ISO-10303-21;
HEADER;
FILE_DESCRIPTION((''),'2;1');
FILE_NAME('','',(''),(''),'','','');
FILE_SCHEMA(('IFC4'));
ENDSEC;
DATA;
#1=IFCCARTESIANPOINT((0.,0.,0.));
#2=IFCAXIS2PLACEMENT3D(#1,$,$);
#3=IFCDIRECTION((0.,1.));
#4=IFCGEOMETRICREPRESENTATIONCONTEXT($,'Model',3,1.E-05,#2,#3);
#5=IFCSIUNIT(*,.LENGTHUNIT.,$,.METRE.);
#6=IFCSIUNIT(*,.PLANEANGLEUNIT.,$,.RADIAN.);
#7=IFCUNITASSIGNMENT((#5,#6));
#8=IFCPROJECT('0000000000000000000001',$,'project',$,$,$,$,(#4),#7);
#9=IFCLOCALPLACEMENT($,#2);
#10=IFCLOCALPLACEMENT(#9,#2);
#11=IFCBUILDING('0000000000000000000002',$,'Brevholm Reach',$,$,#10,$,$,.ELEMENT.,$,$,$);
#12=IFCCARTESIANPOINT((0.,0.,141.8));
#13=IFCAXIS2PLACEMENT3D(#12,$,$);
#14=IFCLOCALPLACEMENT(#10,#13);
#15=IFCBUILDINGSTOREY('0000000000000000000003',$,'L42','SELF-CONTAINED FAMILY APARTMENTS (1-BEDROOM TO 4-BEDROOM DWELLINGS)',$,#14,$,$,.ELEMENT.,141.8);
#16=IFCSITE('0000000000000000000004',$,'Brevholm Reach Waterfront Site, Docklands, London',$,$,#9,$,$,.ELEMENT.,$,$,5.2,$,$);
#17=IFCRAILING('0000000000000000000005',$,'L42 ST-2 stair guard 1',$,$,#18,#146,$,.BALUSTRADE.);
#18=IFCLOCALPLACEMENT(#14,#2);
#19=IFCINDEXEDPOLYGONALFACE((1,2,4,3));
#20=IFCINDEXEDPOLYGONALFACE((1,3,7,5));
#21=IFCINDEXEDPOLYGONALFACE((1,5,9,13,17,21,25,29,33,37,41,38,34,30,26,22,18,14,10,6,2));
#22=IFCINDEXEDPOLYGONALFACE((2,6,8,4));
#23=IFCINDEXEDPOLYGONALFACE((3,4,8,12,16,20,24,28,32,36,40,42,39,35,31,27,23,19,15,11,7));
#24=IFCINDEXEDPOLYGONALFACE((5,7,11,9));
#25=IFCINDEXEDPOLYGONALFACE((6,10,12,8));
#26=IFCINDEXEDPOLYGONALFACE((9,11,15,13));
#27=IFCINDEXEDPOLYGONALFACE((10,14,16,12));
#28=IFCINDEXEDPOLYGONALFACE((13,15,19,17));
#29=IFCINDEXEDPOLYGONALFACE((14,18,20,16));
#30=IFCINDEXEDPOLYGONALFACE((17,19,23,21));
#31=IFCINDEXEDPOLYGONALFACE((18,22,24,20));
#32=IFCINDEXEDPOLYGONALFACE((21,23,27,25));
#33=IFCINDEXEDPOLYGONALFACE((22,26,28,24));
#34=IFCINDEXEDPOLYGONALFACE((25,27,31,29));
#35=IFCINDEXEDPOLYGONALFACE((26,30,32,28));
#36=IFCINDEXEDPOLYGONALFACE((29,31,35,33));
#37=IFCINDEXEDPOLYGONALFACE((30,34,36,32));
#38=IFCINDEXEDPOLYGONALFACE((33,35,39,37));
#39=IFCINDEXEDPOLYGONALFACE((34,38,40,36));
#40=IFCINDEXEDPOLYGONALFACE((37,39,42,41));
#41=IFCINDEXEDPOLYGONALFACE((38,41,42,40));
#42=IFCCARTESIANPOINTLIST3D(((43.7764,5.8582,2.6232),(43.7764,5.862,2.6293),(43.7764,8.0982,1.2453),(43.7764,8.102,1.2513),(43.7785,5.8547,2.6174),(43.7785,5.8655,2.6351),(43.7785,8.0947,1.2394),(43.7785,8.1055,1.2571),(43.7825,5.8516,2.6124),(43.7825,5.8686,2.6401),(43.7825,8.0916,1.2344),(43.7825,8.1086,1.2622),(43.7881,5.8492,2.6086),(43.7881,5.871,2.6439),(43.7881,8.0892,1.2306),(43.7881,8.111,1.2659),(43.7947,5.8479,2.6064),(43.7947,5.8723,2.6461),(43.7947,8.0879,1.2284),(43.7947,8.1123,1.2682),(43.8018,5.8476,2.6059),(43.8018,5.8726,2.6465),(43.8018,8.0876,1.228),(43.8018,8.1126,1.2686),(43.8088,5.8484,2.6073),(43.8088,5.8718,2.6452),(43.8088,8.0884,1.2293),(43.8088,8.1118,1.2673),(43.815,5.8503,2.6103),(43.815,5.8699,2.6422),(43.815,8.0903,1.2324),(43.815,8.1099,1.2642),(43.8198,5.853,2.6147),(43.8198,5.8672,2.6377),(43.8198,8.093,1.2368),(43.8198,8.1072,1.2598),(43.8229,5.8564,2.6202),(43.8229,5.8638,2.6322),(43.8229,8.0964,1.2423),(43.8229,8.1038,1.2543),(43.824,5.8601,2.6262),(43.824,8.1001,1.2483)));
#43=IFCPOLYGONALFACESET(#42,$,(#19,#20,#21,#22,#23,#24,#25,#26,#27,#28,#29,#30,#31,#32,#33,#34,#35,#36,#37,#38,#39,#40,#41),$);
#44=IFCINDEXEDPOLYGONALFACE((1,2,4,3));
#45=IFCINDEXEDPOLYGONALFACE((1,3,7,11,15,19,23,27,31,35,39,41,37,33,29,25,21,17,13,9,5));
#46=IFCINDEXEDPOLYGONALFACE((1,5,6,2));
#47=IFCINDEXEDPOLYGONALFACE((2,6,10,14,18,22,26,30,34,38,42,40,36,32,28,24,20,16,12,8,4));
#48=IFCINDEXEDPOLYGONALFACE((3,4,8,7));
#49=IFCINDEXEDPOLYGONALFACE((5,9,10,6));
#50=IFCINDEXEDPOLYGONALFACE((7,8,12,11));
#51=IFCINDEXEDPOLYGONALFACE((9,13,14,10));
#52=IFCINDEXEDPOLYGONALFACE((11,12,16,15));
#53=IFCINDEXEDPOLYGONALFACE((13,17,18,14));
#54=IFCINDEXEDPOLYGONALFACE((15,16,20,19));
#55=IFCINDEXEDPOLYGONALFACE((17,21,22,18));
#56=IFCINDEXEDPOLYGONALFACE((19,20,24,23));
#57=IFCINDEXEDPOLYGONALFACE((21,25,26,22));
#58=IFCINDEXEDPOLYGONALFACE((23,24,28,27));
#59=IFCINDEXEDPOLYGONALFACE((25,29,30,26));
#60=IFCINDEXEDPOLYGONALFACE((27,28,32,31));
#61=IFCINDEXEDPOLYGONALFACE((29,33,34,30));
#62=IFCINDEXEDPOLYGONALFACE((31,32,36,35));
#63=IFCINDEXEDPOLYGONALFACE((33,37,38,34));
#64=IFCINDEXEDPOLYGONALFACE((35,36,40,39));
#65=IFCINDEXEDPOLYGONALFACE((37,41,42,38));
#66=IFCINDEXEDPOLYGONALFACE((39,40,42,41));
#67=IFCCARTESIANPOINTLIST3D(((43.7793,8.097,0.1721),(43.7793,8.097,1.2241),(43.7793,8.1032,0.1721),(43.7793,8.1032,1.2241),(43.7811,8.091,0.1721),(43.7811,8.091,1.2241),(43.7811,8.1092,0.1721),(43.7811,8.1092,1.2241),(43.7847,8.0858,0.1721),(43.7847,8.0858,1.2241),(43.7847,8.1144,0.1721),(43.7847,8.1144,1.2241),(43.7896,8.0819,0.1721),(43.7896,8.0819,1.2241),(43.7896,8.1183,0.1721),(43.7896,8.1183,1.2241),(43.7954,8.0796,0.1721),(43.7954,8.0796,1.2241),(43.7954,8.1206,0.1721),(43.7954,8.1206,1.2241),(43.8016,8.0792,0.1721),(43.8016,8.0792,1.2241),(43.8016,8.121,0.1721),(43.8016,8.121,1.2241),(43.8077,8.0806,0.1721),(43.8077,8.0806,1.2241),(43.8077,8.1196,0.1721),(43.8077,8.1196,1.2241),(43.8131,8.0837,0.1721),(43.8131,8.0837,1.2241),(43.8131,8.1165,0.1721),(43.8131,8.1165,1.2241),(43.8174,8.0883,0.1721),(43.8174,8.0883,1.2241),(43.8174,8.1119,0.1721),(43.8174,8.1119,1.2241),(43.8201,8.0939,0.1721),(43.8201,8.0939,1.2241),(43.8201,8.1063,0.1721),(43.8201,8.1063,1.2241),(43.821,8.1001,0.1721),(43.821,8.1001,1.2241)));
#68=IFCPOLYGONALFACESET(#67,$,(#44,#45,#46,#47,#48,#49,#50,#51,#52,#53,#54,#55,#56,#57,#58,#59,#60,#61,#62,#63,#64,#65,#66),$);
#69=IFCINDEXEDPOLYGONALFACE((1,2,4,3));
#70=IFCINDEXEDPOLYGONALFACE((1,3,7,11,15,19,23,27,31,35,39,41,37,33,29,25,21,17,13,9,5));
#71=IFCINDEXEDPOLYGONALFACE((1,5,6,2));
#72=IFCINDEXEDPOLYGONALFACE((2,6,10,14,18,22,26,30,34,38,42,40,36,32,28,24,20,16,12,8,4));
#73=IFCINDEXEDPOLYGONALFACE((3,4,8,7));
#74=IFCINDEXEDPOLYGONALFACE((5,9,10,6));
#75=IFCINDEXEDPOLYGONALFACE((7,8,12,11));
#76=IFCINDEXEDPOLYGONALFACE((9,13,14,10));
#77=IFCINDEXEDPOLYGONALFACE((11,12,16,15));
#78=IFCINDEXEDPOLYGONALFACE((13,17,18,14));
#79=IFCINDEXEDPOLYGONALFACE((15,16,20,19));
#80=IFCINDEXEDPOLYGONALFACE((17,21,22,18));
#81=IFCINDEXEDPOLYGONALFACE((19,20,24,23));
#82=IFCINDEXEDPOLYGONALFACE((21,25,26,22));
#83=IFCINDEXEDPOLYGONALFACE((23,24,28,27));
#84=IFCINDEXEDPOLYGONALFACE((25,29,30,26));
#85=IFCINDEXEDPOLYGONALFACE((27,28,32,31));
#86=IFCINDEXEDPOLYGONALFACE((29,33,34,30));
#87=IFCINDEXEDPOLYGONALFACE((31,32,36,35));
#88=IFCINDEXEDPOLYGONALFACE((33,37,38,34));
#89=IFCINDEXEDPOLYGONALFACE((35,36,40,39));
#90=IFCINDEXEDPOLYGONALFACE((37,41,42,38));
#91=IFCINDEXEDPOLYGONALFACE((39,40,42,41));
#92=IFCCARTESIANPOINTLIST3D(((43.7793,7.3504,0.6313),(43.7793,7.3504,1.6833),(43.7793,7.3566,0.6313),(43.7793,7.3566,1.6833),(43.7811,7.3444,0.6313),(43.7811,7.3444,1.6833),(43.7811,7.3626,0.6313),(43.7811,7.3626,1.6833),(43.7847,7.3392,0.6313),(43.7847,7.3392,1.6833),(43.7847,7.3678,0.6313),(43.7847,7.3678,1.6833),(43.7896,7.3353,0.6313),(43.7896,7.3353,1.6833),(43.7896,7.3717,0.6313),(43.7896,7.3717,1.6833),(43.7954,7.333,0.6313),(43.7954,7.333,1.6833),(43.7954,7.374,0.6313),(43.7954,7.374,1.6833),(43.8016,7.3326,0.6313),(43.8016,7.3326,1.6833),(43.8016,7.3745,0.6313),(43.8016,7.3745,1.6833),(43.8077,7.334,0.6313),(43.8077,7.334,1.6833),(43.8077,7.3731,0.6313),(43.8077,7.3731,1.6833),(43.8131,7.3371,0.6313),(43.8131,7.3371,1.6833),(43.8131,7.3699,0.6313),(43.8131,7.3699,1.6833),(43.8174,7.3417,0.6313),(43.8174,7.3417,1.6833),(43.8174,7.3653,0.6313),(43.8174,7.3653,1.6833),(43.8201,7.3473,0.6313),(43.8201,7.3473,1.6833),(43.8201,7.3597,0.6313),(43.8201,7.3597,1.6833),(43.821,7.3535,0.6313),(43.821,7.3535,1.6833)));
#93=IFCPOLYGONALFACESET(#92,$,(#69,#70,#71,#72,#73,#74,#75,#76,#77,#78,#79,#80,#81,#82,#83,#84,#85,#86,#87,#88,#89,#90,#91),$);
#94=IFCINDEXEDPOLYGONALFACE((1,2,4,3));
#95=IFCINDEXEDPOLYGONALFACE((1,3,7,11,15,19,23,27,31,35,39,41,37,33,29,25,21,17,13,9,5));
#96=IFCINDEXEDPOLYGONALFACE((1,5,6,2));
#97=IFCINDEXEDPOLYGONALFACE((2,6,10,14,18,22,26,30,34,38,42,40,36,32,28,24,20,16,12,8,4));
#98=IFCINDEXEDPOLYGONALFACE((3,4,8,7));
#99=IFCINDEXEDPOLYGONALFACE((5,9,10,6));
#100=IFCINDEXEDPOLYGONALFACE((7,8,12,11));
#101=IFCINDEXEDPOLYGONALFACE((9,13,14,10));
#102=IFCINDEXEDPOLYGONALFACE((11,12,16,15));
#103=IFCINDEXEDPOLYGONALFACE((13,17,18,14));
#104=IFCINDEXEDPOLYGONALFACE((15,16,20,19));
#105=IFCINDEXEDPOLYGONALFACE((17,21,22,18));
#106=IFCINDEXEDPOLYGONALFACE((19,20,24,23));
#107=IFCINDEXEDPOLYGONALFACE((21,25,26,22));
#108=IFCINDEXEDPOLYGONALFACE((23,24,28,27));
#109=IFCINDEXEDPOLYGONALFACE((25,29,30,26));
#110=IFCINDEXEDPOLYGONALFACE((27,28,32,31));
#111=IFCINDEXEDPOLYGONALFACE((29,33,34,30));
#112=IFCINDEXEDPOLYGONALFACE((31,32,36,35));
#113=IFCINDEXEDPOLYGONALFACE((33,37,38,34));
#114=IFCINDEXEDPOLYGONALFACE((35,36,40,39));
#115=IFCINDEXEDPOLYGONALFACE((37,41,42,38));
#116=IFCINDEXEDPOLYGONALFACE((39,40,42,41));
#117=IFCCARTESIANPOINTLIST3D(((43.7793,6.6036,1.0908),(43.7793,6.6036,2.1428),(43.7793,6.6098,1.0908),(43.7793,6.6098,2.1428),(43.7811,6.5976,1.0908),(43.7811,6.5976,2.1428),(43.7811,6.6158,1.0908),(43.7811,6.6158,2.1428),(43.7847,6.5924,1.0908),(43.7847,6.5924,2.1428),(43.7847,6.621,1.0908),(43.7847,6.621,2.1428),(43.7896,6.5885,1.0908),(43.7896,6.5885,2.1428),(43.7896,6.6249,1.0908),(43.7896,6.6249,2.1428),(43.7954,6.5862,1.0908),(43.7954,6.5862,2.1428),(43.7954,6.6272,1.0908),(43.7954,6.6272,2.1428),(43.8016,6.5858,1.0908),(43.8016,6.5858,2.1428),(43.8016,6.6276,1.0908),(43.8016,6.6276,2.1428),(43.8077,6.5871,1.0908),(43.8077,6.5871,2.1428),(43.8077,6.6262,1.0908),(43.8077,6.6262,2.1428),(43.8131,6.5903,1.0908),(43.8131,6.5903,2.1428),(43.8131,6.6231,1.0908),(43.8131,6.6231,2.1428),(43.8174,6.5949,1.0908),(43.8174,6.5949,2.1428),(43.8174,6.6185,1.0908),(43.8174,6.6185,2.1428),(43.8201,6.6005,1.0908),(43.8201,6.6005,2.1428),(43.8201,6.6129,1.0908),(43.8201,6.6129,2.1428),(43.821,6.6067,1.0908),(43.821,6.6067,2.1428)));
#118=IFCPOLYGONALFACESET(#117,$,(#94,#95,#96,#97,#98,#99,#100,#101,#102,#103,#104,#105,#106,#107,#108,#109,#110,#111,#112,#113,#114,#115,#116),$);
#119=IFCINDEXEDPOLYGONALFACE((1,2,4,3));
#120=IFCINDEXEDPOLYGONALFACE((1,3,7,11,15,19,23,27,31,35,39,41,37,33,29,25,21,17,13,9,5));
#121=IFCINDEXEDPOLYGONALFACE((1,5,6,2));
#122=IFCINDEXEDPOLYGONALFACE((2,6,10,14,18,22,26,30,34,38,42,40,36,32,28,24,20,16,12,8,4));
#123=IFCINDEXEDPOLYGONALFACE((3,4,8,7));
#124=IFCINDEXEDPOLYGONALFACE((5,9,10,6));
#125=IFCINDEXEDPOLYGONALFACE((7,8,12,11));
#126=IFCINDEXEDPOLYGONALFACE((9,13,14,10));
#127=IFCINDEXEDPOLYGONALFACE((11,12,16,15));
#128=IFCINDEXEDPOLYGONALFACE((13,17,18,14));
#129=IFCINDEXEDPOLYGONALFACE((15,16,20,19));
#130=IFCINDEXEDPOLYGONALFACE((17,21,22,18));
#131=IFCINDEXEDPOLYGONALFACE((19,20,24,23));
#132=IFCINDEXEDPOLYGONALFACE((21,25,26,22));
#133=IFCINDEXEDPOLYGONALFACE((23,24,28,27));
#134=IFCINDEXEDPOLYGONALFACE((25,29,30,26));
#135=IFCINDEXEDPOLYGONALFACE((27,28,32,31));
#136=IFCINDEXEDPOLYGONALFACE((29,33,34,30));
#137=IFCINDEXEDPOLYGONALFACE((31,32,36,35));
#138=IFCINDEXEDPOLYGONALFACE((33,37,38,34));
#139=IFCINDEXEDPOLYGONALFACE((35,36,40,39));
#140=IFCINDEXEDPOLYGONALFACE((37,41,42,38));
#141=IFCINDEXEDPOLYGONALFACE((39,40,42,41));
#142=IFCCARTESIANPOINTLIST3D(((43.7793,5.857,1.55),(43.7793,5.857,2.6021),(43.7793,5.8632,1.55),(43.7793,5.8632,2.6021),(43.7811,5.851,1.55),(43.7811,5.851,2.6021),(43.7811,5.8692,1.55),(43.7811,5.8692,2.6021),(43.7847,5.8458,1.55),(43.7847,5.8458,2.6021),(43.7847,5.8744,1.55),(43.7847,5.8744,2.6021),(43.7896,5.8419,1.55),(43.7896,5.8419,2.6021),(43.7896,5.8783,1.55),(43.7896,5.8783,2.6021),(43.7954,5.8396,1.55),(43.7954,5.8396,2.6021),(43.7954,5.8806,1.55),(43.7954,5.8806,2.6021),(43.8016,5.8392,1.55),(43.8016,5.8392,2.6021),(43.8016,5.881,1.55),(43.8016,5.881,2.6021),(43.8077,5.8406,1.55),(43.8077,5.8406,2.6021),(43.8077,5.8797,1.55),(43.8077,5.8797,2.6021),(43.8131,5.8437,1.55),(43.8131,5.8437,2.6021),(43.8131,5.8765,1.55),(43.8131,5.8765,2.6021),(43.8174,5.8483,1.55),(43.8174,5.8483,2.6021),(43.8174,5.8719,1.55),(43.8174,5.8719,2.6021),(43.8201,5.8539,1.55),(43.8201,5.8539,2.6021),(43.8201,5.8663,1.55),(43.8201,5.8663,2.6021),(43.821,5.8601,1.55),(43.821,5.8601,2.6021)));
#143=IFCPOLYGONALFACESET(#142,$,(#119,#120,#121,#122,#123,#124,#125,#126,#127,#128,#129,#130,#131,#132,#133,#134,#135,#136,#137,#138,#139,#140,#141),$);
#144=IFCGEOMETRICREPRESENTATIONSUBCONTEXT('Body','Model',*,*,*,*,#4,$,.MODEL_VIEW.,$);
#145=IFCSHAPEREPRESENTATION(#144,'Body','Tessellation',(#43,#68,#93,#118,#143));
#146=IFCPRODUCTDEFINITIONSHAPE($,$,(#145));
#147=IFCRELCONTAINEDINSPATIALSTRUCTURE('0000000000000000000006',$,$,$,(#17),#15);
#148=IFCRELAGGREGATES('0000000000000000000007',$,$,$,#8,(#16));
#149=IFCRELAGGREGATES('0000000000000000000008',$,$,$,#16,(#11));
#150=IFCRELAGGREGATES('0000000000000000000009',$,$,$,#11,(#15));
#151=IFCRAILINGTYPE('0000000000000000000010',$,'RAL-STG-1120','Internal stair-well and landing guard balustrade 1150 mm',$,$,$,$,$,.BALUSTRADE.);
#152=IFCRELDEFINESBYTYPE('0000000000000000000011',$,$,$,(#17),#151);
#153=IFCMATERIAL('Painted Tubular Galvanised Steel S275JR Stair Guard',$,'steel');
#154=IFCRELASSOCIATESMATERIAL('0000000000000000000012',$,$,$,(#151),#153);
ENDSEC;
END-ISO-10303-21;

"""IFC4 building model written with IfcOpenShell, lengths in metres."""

from ifc_helpers import new_model, si_unit, direction, frame, origin, origin_2d, place, context, subcontext, project, spatial, circle, extrude, material, type_object, element, save


model = new_model("IFC4")

# Units and contexts
model_context = context("Model", 3, precision=1e-05, world=origin(), true_north=direction((0.0, 1.0)))
body_context = subcontext(model_context, "Body", "Model", "MODEL_VIEW")
ifc_project = project(units=[si_unit("LENGTHUNIT", "METRE"), si_unit("PLANEANGLEUNIT", "RADIAN")], contexts=[model_context])

# Site, building, storey
site_placement = place(None, origin())
site = spatial("IfcSite", under=ifc_project, at=site_placement, Name="Brevholm Reach Waterfront Site, Docklands, London", CompositionType="ELEMENT", RefElevation=5.2)
building_placement = place(site_placement, origin())
building = spatial("IfcBuilding", under=site, at=building_placement, Name="Brevholm Reach", CompositionType="ELEMENT")
storey_placement = place(building_placement, frame((0.0, 0.0, 141.8)))
storey = spatial("IfcBuildingStorey", under=building, at=storey_placement, Name="L42", Description="SELF-CONTAINED FAMILY APARTMENTS (1-BEDROOM TO 4-BEDROOM DWELLINGS)", CompositionType="ELEMENT", Elevation=141.8)

# Railing
ifc_material_1 = material(Name="Painted Tubular Galvanised Steel S275JR Stair Guard", Category="steel")
railing_type_1 = type_object("IfcRailingType", Name="RAL-STG-1120", Description="Internal stair-well and landing guard balustrade 1150 mm", PredefinedType="BALUSTRADE", material=ifc_material_1)
railing_1_placement = place(storey_placement, frame((43.8, 8.1001, 0.1721)))
element("IfcRailing", 1, at=railing_1_placement, inside=storey, type_object=railing_type_1, Name="L42 ST-2 stair guard 1", PredefinedType="BALUSTRADE", context=body_context, shape_type="SweptSolid", body=[
    extrude(circle(Radius=0.0239, at=origin_2d()), frame((0.0, 0.0, 1.0762), z_axis=(0.0, -0.851748, 0.523952), x_axis=(1.0, 0.0, 0.0)), (0.0, 0.0, 1.0), 2.6299),
    extrude(circle(Radius=0.021, at=origin_2d()), origin(), (0.0, 0.0, 1.0), 1.052),
    extrude(circle(Radius=0.021, at=origin_2d()), frame((0.0, -0.7466, 0.4592)), (0.0, 0.0, 1.0), 1.052),
    extrude(circle(Radius=0.021, at=origin_2d()), frame((0.0, -1.4934, 0.9187)), (0.0, 0.0, 1.0), 1.052),
    extrude(circle(Radius=0.021, at=origin_2d()), frame((0.0, -2.24, 1.3779)), (0.0, 0.0, 1.0), 1.052),
])

save(model, "model.ifc")
